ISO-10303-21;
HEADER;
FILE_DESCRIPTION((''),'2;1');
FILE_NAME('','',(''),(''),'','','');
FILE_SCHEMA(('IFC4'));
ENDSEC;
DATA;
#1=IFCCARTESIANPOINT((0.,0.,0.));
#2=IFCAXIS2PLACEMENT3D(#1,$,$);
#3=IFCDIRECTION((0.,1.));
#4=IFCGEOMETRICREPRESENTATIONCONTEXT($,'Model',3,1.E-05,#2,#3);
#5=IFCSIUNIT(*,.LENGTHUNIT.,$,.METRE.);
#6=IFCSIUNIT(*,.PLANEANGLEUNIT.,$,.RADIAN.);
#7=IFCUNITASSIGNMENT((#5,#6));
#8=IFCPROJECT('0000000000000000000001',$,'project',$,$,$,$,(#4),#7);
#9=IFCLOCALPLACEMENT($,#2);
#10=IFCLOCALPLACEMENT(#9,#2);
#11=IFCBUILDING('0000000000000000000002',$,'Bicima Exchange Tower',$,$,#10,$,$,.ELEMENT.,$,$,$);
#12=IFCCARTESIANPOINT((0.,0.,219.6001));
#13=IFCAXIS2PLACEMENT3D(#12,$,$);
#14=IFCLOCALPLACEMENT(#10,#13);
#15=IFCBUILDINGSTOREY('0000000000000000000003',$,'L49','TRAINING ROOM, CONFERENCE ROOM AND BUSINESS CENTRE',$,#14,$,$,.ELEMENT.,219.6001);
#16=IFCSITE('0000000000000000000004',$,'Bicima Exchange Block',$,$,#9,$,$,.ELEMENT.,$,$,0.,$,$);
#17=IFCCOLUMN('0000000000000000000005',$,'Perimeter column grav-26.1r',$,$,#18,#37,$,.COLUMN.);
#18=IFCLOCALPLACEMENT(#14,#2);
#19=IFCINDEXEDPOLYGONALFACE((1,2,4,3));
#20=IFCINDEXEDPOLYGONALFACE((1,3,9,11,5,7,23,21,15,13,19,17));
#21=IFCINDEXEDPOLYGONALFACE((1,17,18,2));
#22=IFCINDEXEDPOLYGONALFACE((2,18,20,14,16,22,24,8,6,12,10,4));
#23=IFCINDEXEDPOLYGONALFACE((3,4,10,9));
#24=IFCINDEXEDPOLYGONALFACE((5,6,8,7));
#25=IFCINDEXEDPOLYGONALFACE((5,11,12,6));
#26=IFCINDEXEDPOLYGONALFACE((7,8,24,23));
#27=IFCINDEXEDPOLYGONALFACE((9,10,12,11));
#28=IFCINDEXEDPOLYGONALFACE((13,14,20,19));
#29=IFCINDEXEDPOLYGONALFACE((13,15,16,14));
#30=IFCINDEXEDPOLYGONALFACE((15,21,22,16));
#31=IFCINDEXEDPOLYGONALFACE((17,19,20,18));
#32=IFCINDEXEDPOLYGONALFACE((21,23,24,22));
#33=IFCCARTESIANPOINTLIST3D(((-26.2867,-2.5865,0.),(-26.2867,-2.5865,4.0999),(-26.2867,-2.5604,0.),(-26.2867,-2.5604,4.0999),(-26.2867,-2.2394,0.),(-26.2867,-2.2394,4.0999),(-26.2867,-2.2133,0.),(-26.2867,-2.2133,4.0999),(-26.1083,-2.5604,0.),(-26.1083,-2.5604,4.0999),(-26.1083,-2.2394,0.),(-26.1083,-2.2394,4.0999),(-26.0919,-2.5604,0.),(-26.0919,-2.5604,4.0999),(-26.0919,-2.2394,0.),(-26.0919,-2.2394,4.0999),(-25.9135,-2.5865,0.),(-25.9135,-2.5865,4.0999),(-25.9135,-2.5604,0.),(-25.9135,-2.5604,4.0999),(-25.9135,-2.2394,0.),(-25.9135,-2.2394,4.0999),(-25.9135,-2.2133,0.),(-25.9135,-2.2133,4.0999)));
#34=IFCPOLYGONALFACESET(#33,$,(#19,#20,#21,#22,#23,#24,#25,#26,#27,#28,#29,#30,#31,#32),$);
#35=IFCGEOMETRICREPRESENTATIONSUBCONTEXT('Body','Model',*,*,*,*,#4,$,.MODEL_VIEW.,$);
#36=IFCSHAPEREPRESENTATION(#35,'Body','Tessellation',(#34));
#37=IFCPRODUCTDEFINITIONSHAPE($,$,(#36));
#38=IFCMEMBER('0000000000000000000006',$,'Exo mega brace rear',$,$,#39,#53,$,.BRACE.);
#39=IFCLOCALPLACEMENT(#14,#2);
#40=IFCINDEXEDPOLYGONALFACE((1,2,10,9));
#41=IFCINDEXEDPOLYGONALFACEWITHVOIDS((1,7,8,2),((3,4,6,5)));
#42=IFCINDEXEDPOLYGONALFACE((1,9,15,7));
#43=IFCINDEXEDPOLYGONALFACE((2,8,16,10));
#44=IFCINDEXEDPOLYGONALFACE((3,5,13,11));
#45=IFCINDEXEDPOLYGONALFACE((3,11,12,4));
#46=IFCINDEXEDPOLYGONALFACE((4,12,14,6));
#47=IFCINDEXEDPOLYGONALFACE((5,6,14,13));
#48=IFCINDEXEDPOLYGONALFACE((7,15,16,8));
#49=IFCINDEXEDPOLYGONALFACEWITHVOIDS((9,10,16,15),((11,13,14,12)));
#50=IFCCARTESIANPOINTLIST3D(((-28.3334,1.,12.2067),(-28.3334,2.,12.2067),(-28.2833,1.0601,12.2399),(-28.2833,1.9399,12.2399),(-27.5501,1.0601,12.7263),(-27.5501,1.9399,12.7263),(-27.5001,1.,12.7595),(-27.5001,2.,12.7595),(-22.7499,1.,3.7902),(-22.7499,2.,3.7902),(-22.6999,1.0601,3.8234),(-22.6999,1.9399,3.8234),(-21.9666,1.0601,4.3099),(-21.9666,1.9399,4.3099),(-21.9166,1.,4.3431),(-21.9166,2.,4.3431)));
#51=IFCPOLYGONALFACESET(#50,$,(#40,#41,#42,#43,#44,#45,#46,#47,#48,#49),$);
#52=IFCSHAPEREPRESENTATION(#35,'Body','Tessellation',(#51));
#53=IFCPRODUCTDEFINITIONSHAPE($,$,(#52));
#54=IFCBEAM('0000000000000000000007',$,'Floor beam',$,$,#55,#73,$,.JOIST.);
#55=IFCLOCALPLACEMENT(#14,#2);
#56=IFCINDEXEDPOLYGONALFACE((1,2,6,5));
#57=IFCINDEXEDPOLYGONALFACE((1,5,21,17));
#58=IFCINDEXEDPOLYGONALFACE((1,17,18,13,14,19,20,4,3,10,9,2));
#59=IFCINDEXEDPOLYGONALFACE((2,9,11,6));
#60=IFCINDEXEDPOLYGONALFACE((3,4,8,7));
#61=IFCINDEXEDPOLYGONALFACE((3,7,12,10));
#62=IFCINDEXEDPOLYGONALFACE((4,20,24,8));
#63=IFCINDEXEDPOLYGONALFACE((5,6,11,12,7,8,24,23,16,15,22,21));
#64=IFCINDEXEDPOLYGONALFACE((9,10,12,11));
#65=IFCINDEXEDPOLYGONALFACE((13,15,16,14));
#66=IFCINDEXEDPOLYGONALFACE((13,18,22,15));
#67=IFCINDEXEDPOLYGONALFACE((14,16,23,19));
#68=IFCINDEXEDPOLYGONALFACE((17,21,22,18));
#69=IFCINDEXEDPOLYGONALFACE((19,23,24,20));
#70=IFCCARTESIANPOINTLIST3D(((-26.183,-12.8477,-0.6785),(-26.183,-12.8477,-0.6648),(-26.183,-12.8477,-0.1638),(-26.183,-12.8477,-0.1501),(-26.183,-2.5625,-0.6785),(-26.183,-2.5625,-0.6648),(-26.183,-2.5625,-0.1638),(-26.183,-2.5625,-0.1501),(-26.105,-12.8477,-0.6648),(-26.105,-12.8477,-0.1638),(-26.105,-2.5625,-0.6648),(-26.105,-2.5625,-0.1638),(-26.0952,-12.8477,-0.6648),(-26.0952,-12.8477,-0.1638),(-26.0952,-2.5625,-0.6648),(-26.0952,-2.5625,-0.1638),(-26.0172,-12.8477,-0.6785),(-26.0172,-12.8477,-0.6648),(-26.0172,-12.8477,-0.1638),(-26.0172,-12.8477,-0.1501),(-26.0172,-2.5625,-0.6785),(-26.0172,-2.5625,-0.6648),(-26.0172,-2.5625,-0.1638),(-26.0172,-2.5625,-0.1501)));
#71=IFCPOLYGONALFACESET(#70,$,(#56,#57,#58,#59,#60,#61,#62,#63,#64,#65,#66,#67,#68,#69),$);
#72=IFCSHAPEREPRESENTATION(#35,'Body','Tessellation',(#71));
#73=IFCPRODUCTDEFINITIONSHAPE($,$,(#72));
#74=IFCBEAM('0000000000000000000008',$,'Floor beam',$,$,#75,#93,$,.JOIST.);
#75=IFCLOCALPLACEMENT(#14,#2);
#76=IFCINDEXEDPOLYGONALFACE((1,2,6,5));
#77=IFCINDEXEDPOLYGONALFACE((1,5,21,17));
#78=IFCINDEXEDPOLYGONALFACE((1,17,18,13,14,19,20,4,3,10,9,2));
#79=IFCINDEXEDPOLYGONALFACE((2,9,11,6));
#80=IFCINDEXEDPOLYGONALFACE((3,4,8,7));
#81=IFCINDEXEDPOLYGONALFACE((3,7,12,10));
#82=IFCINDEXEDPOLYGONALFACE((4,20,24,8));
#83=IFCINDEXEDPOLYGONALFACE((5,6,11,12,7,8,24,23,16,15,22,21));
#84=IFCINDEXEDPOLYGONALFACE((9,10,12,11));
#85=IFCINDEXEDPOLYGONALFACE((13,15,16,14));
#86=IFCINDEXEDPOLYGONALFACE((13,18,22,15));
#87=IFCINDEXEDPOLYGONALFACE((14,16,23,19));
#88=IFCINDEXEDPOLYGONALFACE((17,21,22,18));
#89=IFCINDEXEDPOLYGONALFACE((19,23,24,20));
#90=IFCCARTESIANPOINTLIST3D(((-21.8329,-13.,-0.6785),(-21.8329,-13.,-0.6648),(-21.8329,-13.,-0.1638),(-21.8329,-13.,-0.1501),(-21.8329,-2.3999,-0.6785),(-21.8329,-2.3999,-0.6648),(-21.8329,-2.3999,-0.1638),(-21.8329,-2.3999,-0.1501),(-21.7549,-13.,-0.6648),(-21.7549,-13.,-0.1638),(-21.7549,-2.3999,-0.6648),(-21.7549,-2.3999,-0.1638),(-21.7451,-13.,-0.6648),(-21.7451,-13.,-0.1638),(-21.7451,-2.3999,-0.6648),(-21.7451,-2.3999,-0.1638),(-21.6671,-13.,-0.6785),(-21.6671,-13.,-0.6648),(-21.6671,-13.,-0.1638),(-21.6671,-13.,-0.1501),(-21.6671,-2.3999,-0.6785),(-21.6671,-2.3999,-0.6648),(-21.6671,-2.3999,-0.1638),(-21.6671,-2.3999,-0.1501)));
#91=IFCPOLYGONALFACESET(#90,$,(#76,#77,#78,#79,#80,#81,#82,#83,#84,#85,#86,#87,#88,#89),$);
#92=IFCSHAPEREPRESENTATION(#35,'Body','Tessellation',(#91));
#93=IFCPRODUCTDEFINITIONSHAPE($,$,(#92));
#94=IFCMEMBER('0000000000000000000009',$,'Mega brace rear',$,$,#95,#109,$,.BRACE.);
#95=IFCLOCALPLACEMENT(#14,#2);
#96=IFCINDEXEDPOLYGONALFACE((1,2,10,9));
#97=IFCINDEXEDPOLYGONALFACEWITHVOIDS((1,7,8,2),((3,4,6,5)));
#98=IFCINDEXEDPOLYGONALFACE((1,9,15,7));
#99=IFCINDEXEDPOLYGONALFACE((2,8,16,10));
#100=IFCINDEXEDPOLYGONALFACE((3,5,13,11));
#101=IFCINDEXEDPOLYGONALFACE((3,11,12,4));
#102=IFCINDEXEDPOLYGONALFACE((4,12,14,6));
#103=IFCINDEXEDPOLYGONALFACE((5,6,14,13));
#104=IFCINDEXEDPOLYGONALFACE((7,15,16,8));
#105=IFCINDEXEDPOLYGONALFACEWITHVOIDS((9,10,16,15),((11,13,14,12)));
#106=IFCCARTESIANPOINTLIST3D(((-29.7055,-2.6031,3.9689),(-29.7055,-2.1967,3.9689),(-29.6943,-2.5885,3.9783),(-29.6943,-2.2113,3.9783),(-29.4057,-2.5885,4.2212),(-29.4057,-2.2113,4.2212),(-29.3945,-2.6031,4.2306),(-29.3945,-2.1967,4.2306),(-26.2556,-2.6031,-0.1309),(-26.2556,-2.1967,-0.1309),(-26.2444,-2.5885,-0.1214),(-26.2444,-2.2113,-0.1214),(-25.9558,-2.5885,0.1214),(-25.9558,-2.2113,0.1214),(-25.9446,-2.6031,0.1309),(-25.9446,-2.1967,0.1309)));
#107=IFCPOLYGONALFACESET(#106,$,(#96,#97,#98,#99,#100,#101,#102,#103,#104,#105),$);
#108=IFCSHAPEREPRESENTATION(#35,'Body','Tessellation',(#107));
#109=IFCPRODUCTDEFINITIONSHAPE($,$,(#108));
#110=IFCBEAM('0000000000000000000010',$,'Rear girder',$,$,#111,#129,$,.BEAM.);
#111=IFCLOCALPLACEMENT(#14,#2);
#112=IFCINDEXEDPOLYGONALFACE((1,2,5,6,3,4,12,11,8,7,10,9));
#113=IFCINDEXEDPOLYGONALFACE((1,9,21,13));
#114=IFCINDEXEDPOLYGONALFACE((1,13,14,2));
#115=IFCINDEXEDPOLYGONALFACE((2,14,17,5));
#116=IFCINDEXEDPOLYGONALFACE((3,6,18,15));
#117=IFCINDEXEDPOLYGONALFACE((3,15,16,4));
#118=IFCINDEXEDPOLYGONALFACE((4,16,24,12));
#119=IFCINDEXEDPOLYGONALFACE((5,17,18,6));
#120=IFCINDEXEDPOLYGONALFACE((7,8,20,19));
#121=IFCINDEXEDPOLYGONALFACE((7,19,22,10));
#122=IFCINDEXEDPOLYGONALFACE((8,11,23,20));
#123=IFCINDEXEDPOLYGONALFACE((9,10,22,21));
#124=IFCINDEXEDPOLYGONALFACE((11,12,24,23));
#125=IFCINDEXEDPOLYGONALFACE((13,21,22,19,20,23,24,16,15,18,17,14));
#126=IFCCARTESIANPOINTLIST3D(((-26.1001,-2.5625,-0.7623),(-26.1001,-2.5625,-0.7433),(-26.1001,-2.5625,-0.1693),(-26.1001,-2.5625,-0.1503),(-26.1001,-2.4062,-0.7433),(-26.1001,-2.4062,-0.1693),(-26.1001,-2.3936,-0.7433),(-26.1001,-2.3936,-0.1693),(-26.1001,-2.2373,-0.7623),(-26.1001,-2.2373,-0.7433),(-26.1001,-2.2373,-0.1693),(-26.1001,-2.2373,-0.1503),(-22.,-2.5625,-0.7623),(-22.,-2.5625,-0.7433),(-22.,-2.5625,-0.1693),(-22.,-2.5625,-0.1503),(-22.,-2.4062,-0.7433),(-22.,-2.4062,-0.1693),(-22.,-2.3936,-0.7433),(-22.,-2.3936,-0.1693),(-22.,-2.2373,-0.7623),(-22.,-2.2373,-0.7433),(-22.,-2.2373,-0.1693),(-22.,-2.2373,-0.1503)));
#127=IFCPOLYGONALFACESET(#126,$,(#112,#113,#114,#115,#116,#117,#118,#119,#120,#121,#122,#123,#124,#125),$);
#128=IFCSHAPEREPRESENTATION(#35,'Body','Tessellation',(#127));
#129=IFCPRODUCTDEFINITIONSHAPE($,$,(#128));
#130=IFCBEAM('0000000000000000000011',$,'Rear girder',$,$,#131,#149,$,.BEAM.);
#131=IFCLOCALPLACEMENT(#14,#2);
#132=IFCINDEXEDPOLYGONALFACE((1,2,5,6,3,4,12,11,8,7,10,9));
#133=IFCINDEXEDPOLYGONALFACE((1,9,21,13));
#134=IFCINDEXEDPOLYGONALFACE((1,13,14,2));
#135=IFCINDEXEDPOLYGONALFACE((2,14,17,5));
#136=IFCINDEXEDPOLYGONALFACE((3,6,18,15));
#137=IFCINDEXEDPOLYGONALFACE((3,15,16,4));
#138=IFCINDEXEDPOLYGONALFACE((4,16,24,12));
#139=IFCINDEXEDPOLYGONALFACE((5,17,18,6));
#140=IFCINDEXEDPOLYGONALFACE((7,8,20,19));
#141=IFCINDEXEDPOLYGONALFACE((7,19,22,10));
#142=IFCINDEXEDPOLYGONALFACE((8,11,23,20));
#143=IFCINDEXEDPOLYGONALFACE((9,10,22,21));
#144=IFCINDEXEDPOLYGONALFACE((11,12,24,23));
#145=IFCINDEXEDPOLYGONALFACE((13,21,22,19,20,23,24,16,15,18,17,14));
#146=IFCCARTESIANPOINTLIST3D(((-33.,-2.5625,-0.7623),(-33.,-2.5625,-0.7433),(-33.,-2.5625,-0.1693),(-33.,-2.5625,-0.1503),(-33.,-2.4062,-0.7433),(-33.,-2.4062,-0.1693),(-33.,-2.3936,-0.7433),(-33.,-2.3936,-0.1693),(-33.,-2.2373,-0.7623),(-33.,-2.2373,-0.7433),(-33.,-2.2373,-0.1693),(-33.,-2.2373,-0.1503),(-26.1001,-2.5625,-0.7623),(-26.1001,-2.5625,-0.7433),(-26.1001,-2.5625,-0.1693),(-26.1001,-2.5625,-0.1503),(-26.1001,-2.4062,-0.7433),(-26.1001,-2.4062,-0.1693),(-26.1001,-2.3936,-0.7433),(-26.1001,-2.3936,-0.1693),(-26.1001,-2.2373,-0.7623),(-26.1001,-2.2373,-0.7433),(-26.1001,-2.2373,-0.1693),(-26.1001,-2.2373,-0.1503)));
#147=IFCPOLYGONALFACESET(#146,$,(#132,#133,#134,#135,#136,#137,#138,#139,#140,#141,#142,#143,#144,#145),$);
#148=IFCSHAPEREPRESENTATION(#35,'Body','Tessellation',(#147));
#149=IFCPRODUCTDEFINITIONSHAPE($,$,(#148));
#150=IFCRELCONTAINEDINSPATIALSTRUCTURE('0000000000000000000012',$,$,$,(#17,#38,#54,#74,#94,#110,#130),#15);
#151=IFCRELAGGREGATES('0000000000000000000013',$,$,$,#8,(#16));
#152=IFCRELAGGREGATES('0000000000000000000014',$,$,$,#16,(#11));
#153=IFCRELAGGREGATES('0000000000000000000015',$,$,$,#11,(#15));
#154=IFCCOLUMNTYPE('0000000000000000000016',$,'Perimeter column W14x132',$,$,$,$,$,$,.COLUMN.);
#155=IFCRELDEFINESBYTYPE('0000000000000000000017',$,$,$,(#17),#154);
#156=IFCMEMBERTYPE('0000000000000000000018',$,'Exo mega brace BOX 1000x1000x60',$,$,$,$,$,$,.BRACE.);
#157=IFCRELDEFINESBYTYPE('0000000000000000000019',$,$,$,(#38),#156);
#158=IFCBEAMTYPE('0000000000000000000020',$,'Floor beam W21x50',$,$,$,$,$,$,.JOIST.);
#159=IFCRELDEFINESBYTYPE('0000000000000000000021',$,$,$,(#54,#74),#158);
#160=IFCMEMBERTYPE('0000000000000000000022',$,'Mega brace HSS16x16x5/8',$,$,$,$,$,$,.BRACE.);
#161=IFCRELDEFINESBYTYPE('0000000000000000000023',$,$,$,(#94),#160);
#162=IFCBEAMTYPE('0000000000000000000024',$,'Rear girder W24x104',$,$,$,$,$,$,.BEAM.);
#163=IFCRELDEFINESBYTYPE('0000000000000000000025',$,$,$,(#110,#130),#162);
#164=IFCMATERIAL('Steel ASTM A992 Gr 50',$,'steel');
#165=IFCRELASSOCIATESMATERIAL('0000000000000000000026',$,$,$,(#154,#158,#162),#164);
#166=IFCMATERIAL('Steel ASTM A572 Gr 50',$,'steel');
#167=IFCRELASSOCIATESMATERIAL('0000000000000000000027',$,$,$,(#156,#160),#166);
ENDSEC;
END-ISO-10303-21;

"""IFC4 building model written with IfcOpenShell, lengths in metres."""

from ifc_helpers import new_model, si_unit, direction, frame, origin, origin_2d, place, context, subcontext, project, spatial, hollow_rectangle, i_section, extrude, material, material_profile, profile_set, type_object, element, save


model = new_model("IFC4")

# Units and contexts
model_context = context("Model", 3, precision=1e-05, world=origin(), true_north=direction((0.0, 1.0)))
body_context = subcontext(model_context, "Body", "Model", "MODEL_VIEW")
ifc_project = project(units=[si_unit("LENGTHUNIT", "METRE"), si_unit("PLANEANGLEUNIT", "RADIAN")], contexts=[model_context])

# Site, building, storey
site_placement = place(None, origin())
site = spatial("IfcSite", under=ifc_project, at=site_placement, Name="Bicima Exchange Block", CompositionType="ELEMENT", RefElevation=0.0)
building_placement = place(site_placement, origin())
building = spatial("IfcBuilding", under=site, at=building_placement, Name="Bicima Exchange Tower", CompositionType="ELEMENT")
storey_placement = place(building_placement, frame((0.0, 0.0, 219.6001)))
storey = spatial("IfcBuildingStorey", under=building, at=storey_placement, Name="L49", Description="TRAINING ROOM, CONFERENCE ROOM AND BUSINESS CENTRE", CompositionType="ELEMENT", Elevation=219.6001)

# Column
ifc_material_1 = material(Name="Steel ASTM A992 Gr 50", Category="steel")
ifc_material_profile_1 = material_profile(ifc_material_1, i_section(OverallWidth=0.3733, OverallDepth=0.3733, WebThickness=0.0164, FlangeThickness=0.0261, at=origin_2d()))
ifc_profile_set_1 = profile_set([ifc_material_profile_1], Name="Steel ASTM A992 Gr 50")
column_type = type_object("IfcColumnType", Name="Perimeter column W14x132", PredefinedType="COLUMN", material=ifc_profile_set_1)
column_placement = place(storey_placement, frame((-26.1001, -2.3999, 0.0), z_axis=(0.0, 0.0, 1.0), x_axis=(1.0, 0.0, 0.0)))
element("IfcColumn", 1, at=column_placement, inside=storey, type_object=column_type, Name="Perimeter column grav-26.1r", PredefinedType="COLUMN", context=body_context, shape_type="SweptSolid", body=[
    extrude(i_section(OverallWidth=0.3733, OverallDepth=0.3733, WebThickness=0.0164, FlangeThickness=0.0261, at=origin_2d()), origin(), (0.0, 0.0, 1.0), 4.0999),
])

# Member
ifc_material_2 = material(Name="Steel ASTM A572 Gr 50", Category="steel")
ifc_material_profile_2 = material_profile(ifc_material_2, hollow_rectangle(XDim=1.0, YDim=1.0, WallThickness=0.0601, at=origin_2d()))
ifc_profile_set_2 = profile_set([ifc_material_profile_2], Name="Steel ASTM A572 Gr 50")
member_type_1 = type_object("IfcMemberType", Name="Exo mega brace BOX 1000x1000x60", PredefinedType="BRACE", material=ifc_profile_set_2)
member_1_placement = place(storey_placement, frame((-22.3333, 1.5, 4.0667), z_axis=(-0.552813, 0.0, 0.833305), x_axis=(0.0, -1.0, 0.0)))
element("IfcMember", 2, at=member_1_placement, inside=storey, type_object=member_type_1, Name="Exo mega brace rear", PredefinedType="BRACE", context=body_context, shape_type="SweptSolid", body=[
    extrude(hollow_rectangle(XDim=1.0, YDim=1.0, WallThickness=0.0601, at=origin_2d()), origin(), (0.0, 0.0, 1.0), 10.1001),
])

# Beams
ifc_material_profile_3 = material_profile(ifc_material_1, i_section(OverallWidth=0.1658, OverallDepth=0.5283, WebThickness=0.0098, FlangeThickness=0.0137, at=origin_2d()))
ifc_profile_set_3 = profile_set([ifc_material_profile_3], Name="Steel ASTM A992 Gr 50")
beam_type_1 = type_object("IfcBeamType", Name="Floor beam W21x50", PredefinedType="JOIST", material=ifc_profile_set_3)
beam_1_placement = place(storey_placement, frame((-26.1001, -2.5625, -0.4143), z_axis=(0.0, -1.0, 0.0), x_axis=(1.0, 0.0, 0.0)))
element("IfcBeam", 3, at=beam_1_placement, inside=storey, type_object=beam_type_1, Name="Floor beam", PredefinedType="JOIST", context=body_context, shape_type="SweptSolid", body=[
    extrude(i_section(OverallWidth=0.1658, OverallDepth=0.5283, WebThickness=0.0098, FlangeThickness=0.0137, at=origin_2d()), origin(), (0.0, 0.0, 1.0), 10.2852),
])
beam_2_placement = place(storey_placement, frame((-21.75, -2.3999, -0.4143), z_axis=(0.0, -1.0, 0.0), x_axis=(1.0, 0.0, 0.0)))
element("IfcBeam", 4, at=beam_2_placement, inside=storey, type_object=beam_type_1, Name="Floor beam", PredefinedType="JOIST", context=body_context, shape_type="SweptSolid", body=[
    extrude(i_section(OverallWidth=0.1658, OverallDepth=0.5283, WebThickness=0.0098, FlangeThickness=0.0137, at=origin_2d()), origin(), (0.0, 0.0, 1.0), 10.6001),
])

# Member
ifc_material_profile_4 = material_profile(ifc_material_2, hollow_rectangle(XDim=0.4065, YDim=0.4065, WallThickness=0.0146, at=origin_2d()))
ifc_profile_set_4 = profile_set([ifc_material_profile_4], Name="Steel ASTM A572 Gr 50")
member_type_2 = type_object("IfcMemberType", Name="Mega brace HSS16x16x5/8", PredefinedType="BRACE", material=ifc_profile_set_4)
member_2_placement = place(storey_placement, frame((-26.1001, -2.3999, 0.0), z_axis=(-0.643856, 0.0, 0.765146), x_axis=(0.0, -1.0, 0.0)))
element("IfcMember", 5, at=member_2_placement, inside=storey, type_object=member_type_2, Name="Mega brace rear", PredefinedType="BRACE", context=body_context, shape_type="SweptSolid", body=[
    extrude(hollow_rectangle(XDim=0.4065, YDim=0.4065, WallThickness=0.0146, at=origin_2d()), origin(), (0.0, 0.0, 1.0), 5.3582),
])

# Beams
ifc_material_profile_5 = material_profile(ifc_material_1, i_section(OverallWidth=0.3252, OverallDepth=0.6121, WebThickness=0.0127, FlangeThickness=0.019, at=origin_2d()))
ifc_profile_set_5 = profile_set([ifc_material_profile_5], Name="Steel ASTM A992 Gr 50")
beam_type_2 = type_object("IfcBeamType", Name="Rear girder W24x104", PredefinedType="BEAM", material=ifc_profile_set_5)
beam_3_placement = place(storey_placement, frame((-22.0, -2.3999, -0.4563), z_axis=(-1.0, 0.0, 0.0), x_axis=(0.0, -1.0, 0.0)))
element("IfcBeam", 6, at=beam_3_placement, inside=storey, type_object=beam_type_2, Name="Rear girder", PredefinedType="BEAM", context=body_context, shape_type="SweptSolid", body=[
    extrude(i_section(OverallWidth=0.3252, OverallDepth=0.6121, WebThickness=0.0127, FlangeThickness=0.019, at=origin_2d()), origin(), (0.0, 0.0, 1.0), 4.1001),
])
beam_4_placement = place(storey_placement, frame((-26.1001, -2.3999, -0.4563), z_axis=(-1.0, 0.0, 0.0), x_axis=(0.0, -1.0, 0.0)))
element("IfcBeam", 7, at=beam_4_placement, inside=storey, type_object=beam_type_2, Name="Rear girder", PredefinedType="BEAM", context=body_context, shape_type="SweptSolid", body=[
    extrude(i_section(OverallWidth=0.3252, OverallDepth=0.6121, WebThickness=0.0127, FlangeThickness=0.019, at=origin_2d()), origin(), (0.0, 0.0, 1.0), 6.8999),
])

save(model, "model.ifc")
